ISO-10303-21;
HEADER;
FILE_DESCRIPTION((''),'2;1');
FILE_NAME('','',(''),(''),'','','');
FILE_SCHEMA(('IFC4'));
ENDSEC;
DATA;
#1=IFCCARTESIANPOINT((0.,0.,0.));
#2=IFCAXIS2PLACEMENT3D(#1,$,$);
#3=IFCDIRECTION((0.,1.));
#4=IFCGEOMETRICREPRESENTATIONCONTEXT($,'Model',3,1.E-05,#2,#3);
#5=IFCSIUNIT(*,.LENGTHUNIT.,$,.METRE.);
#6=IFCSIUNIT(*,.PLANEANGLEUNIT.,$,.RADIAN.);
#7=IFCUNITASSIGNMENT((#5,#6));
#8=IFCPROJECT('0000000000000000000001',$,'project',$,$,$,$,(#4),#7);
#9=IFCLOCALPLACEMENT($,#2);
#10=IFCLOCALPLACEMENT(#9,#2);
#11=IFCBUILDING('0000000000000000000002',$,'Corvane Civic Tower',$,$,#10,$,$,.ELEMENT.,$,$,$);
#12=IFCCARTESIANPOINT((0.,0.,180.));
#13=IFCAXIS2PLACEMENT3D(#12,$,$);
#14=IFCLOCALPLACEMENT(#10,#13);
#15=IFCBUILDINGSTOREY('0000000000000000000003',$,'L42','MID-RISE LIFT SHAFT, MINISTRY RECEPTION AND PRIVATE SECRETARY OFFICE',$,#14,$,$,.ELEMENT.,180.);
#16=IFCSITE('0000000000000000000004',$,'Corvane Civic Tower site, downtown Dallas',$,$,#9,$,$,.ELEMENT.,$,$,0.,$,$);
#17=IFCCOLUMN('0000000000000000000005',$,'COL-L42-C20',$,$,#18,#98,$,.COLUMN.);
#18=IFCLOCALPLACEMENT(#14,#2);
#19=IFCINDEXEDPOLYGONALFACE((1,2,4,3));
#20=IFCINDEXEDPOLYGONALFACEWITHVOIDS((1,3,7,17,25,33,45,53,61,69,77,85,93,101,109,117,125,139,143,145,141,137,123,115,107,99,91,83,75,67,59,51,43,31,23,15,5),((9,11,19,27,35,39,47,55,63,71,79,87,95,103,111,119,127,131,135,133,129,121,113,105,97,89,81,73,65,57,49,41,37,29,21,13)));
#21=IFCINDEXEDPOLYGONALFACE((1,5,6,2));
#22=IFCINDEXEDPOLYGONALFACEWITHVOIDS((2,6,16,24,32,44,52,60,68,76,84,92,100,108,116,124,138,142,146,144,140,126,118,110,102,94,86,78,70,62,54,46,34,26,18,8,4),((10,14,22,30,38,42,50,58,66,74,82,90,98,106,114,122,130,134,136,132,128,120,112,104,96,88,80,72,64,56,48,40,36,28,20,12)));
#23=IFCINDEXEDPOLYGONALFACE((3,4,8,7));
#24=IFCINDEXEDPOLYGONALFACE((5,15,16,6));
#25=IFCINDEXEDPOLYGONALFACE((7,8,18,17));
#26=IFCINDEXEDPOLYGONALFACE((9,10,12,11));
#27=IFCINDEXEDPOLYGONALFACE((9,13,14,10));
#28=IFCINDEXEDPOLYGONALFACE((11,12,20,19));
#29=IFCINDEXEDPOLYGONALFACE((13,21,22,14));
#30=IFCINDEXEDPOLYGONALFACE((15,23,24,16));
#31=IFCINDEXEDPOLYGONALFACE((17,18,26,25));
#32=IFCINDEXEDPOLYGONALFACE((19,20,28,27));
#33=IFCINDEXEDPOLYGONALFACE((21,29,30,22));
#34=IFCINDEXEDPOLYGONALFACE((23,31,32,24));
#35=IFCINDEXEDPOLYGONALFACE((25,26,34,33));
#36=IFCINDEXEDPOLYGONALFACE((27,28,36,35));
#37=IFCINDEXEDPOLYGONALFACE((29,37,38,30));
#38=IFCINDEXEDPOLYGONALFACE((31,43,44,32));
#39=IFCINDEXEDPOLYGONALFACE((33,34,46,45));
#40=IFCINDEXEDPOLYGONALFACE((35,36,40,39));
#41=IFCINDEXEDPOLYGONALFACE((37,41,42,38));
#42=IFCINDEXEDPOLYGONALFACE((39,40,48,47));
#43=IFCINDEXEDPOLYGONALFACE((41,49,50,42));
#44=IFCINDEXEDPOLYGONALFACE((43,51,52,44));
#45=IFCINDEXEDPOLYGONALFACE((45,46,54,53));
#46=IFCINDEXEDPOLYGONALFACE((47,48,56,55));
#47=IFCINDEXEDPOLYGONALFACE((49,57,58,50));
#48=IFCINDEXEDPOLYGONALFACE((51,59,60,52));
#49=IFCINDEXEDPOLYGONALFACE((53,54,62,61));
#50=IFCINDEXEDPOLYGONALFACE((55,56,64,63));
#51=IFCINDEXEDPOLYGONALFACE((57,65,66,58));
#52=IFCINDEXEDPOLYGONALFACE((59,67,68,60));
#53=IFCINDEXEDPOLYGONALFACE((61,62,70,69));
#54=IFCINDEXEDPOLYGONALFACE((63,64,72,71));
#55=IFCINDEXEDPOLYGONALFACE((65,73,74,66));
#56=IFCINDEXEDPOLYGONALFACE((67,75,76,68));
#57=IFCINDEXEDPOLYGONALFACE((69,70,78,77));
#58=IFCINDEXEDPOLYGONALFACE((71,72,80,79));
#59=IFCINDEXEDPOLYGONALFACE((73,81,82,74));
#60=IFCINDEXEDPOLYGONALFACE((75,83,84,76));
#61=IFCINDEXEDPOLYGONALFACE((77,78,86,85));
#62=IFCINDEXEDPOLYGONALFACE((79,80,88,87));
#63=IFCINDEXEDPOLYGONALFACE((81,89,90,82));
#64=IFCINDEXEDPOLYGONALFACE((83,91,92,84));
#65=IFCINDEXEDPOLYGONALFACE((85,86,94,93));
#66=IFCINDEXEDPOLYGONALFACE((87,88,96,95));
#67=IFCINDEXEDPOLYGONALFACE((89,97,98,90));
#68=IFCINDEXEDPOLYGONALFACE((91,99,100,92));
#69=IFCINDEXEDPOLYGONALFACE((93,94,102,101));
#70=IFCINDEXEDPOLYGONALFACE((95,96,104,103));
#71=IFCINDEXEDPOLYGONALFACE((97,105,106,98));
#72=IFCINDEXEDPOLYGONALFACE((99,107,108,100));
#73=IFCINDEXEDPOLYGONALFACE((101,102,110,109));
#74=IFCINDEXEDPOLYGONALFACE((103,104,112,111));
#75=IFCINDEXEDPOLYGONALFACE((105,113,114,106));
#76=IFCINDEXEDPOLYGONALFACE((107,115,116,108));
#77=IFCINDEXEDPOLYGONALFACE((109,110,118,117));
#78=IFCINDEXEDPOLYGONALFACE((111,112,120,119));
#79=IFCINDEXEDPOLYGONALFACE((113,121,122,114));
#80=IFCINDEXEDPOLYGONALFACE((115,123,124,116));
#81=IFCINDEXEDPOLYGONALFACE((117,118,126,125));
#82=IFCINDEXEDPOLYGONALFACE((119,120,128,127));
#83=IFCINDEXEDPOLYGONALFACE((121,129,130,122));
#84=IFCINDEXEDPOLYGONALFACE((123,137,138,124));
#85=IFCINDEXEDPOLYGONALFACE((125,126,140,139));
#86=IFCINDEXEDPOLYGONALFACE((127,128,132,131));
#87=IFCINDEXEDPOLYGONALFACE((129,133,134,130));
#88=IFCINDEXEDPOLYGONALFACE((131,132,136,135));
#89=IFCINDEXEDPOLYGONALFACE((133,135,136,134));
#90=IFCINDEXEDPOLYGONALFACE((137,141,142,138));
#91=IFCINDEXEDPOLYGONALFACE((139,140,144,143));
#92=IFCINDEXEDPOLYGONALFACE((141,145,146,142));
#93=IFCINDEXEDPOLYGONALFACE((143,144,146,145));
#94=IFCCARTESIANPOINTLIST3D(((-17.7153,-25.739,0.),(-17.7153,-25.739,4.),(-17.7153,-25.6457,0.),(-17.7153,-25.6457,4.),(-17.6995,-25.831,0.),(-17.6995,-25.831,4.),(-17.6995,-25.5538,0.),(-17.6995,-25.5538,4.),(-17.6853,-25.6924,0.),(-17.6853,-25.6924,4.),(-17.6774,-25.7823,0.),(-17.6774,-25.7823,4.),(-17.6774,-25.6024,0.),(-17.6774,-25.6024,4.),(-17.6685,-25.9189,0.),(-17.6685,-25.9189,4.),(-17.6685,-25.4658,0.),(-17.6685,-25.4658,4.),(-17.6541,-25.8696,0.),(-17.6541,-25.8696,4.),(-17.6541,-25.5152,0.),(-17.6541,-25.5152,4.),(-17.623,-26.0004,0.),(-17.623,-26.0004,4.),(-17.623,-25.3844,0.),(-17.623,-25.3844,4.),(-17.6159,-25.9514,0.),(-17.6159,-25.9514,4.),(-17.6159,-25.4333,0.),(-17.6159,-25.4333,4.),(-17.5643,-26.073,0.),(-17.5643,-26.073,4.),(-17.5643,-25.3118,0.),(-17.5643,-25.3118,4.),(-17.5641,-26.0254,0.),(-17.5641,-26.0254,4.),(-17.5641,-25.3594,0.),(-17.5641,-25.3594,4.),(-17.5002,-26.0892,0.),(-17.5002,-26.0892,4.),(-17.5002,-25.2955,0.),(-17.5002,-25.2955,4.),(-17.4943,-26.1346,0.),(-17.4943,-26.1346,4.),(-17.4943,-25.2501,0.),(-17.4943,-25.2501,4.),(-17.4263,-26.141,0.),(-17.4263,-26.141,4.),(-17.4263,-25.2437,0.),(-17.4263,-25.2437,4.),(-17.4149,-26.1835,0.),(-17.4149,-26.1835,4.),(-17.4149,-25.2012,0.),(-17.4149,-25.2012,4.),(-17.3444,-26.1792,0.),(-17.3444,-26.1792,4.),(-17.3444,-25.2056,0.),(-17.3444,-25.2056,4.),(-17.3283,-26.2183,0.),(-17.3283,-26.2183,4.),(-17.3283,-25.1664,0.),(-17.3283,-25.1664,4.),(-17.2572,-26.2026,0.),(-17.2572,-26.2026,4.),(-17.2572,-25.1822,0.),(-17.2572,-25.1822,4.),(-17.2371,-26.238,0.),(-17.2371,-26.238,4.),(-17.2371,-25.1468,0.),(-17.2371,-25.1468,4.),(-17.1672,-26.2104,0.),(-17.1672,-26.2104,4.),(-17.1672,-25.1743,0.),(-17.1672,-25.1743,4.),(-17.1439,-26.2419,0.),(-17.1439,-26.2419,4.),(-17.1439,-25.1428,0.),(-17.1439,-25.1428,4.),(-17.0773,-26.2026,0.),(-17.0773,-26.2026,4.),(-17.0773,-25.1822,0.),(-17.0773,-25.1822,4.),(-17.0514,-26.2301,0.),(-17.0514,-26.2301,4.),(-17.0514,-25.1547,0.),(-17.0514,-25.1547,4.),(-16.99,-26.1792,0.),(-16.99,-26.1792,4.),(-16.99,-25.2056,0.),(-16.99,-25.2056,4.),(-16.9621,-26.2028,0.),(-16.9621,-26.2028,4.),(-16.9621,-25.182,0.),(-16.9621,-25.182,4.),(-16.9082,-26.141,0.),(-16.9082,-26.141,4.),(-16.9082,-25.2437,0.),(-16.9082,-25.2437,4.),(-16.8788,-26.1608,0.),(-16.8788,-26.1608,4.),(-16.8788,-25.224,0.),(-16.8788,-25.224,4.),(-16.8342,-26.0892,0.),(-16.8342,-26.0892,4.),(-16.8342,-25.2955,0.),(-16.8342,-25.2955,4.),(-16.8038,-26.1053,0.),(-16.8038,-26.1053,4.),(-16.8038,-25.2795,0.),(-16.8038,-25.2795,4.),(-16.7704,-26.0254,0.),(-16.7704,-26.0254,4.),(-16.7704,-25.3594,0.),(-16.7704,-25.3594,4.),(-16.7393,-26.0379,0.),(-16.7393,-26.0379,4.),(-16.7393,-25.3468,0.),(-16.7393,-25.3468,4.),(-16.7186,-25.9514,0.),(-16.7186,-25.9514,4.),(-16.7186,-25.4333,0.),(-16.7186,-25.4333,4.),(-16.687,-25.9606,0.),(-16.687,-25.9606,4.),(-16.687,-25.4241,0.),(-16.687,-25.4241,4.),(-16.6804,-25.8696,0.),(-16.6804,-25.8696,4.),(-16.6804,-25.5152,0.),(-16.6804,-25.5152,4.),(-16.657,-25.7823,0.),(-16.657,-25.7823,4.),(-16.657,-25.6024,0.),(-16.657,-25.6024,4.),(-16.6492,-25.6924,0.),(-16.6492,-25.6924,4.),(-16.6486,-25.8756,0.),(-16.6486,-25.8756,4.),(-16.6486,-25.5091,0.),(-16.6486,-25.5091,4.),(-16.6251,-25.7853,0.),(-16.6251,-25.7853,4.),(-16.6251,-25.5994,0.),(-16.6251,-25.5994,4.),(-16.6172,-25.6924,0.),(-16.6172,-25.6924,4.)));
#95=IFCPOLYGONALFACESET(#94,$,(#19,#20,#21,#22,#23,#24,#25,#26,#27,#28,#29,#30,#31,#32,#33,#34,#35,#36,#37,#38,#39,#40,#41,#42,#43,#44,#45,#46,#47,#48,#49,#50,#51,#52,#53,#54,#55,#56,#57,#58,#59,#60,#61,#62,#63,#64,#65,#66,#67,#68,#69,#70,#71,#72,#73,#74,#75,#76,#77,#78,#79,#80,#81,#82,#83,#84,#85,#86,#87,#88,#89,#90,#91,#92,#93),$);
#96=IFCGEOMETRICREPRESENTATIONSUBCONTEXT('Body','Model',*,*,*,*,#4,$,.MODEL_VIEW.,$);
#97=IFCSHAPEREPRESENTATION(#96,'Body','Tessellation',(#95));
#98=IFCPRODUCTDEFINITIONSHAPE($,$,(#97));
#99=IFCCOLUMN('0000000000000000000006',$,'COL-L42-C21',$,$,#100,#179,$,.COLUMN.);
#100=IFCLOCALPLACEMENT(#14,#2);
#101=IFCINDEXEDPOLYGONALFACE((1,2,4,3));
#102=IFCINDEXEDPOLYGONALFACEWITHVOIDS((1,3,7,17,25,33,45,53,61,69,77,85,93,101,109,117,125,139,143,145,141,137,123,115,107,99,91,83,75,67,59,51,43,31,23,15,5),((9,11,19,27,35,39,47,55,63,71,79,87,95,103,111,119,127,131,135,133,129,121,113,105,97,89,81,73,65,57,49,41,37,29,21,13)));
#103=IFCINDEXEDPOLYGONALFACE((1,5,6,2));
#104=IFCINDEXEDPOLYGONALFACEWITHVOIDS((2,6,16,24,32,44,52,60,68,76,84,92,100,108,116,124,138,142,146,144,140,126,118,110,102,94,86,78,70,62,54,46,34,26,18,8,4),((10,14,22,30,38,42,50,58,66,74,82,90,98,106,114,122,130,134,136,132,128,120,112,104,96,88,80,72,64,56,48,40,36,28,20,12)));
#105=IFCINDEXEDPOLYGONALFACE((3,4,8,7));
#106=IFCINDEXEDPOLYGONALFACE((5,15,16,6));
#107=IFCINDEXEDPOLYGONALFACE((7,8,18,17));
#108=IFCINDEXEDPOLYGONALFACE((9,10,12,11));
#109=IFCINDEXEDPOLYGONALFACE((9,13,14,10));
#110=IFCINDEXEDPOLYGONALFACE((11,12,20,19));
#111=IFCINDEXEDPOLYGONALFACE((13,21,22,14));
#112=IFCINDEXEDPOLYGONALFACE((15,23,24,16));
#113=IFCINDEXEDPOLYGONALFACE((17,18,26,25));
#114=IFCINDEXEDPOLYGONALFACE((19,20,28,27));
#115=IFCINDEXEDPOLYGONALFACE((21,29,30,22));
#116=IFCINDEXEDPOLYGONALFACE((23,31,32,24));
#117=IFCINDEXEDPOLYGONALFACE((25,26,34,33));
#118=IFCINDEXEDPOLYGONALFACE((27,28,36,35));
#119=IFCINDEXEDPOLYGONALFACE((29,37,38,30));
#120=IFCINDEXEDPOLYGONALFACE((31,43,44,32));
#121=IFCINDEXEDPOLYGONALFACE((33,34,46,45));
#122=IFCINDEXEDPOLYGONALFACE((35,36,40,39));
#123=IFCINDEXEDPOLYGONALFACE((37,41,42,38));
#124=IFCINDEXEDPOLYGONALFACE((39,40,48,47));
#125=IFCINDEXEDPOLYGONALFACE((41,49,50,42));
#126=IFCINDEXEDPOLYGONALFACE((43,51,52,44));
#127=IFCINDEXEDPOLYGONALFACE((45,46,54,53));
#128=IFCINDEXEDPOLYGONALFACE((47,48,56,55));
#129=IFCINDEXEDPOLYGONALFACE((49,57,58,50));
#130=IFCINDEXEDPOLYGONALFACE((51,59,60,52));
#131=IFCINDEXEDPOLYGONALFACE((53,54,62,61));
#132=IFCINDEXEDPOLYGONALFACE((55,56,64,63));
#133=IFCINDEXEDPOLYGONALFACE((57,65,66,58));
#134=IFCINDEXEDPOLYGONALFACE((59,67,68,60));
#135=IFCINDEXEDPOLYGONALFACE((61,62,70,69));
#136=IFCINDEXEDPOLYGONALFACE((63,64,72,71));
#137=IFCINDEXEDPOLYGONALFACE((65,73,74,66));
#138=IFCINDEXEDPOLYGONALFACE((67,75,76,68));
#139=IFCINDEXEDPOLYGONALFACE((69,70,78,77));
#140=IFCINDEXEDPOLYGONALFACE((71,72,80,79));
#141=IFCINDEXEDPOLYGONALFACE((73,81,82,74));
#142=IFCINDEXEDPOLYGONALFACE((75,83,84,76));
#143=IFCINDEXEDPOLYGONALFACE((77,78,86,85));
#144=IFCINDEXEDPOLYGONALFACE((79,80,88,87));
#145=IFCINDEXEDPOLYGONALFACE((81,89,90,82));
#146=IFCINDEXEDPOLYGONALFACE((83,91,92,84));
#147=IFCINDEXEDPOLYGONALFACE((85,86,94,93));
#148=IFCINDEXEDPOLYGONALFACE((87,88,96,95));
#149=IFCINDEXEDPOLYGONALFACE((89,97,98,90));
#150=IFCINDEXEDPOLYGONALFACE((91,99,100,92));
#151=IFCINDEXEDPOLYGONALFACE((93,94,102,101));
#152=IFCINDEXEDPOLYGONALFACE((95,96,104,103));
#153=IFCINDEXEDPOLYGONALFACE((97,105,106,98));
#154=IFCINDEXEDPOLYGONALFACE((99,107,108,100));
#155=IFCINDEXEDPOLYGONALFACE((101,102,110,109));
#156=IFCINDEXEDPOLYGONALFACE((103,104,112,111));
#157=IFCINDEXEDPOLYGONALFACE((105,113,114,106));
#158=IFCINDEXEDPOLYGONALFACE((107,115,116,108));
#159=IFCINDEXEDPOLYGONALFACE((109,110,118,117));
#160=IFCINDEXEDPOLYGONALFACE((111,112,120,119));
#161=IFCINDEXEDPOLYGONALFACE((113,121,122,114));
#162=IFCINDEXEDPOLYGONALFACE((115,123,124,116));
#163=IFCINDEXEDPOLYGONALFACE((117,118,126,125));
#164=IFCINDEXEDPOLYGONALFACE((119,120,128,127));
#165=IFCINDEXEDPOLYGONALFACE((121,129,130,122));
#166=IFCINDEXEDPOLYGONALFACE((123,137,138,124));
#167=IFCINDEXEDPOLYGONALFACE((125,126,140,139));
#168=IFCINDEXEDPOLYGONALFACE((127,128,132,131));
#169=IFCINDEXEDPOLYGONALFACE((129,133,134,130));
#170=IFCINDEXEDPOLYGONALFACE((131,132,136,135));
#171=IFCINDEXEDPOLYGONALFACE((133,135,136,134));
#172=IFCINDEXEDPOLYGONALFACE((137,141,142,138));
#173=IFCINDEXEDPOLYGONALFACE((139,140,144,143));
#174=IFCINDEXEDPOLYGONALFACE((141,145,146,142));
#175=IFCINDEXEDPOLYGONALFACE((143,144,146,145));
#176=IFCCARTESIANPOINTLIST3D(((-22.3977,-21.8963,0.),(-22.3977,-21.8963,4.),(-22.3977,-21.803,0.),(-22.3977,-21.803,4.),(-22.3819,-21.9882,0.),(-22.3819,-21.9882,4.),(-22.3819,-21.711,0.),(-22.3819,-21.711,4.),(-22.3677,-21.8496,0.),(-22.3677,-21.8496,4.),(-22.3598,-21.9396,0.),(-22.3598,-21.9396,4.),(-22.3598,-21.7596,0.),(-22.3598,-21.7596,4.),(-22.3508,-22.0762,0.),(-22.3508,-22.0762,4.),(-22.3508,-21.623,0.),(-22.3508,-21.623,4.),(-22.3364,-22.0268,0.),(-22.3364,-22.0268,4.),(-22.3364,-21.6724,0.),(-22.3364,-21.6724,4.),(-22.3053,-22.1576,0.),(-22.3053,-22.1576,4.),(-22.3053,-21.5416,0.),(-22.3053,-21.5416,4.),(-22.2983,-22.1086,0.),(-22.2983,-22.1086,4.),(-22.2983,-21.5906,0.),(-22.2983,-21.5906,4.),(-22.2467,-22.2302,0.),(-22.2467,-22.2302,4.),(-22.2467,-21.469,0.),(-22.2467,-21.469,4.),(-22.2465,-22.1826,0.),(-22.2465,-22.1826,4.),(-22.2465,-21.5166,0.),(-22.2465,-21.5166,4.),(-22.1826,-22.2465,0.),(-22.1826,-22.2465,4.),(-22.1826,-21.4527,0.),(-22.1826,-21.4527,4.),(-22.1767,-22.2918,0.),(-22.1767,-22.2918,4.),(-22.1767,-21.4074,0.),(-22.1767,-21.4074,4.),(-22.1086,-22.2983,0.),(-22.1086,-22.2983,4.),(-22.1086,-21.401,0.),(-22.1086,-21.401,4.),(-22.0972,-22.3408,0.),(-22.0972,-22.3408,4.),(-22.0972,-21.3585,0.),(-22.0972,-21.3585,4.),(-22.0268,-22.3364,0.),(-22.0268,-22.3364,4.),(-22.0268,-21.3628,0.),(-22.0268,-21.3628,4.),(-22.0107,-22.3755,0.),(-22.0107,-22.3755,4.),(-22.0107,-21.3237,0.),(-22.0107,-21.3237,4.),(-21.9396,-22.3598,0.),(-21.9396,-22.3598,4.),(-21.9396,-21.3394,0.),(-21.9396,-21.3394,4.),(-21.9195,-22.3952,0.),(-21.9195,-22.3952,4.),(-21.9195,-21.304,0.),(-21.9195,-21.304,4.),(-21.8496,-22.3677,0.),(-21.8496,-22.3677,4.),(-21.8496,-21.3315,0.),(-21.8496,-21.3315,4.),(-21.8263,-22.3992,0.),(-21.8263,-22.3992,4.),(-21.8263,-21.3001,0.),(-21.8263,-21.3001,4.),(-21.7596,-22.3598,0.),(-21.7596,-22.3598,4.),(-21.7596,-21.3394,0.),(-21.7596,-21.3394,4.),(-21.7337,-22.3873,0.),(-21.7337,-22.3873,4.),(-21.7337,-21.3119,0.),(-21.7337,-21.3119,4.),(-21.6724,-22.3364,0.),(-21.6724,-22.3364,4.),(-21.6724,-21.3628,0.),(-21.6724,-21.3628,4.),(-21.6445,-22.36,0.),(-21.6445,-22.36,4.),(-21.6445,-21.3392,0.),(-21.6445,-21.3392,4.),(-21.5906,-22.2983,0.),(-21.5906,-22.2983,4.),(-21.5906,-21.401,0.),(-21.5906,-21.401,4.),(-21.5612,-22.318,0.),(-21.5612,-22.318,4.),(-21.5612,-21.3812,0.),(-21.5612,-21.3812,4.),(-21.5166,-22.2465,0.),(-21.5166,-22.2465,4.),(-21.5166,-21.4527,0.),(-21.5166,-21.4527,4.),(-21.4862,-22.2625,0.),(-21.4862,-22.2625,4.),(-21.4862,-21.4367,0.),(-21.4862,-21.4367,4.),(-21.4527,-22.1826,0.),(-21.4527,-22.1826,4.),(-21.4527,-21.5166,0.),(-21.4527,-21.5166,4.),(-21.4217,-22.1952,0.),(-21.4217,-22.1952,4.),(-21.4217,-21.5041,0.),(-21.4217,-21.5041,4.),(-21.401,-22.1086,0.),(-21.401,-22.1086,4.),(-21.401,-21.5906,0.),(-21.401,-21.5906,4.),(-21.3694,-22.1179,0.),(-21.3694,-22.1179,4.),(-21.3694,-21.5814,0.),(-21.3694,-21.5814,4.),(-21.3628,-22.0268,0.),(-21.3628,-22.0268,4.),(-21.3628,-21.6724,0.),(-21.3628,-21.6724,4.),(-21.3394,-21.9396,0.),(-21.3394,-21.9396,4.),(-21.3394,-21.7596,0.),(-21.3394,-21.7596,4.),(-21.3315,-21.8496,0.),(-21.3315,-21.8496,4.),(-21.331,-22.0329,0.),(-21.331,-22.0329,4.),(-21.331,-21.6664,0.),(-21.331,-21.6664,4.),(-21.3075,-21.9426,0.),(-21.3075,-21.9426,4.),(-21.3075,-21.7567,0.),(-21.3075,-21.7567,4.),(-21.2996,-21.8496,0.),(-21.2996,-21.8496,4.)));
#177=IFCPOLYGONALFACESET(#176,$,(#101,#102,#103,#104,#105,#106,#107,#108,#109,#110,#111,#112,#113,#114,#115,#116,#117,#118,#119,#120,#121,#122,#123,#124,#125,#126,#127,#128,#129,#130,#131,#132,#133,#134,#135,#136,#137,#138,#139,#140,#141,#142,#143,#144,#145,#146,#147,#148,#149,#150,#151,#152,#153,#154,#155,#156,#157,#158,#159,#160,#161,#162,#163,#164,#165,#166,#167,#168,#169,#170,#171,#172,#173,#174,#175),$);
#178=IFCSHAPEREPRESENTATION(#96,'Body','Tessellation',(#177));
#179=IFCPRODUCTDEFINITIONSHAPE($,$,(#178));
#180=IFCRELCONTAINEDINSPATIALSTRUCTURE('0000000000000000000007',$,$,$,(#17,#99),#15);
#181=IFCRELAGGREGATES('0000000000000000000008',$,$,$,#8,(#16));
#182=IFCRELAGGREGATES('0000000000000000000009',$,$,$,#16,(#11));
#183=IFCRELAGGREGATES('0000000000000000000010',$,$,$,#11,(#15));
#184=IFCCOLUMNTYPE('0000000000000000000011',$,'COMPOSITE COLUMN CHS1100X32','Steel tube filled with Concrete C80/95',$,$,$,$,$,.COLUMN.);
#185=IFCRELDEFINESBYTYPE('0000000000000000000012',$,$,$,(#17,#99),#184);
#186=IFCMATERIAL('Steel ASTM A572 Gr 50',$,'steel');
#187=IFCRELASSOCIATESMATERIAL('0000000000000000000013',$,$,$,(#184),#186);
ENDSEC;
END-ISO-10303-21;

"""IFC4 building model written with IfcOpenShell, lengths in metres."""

from ifc_helpers import new_model, si_unit, direction, frame, origin, origin_2d, place, context, subcontext, project, spatial, hollow_circle, extrude, material, material_profile, profile_set, type_object, element, save


model = new_model("IFC4")

# Units and contexts
model_context = context("Model", 3, precision=1e-05, world=origin(), true_north=direction((0.0, 1.0)))
body_context = subcontext(model_context, "Body", "Model", "MODEL_VIEW")
ifc_project = project(units=[si_unit("LENGTHUNIT", "METRE"), si_unit("PLANEANGLEUNIT", "RADIAN")], contexts=[model_context])

# Site, building, storey
site_placement = place(None, origin())
site = spatial("IfcSite", under=ifc_project, at=site_placement, Name="Corvane Civic Tower site, downtown Dallas", CompositionType="ELEMENT", RefElevation=0.0)
building_placement = place(site_placement, origin())
building = spatial("IfcBuilding", under=site, at=building_placement, Name="Corvane Civic Tower", CompositionType="ELEMENT")
storey_placement = place(building_placement, frame((0.0, 0.0, 180.0)))
storey = spatial("IfcBuildingStorey", under=building, at=storey_placement, Name="L42", Description="MID-RISE LIFT SHAFT, MINISTRY RECEPTION AND PRIVATE SECRETARY OFFICE", CompositionType="ELEMENT", Elevation=180.0)

# Columns
ifc_material_1 = material(Name="Steel ASTM A572 Gr 50", Category="steel")
ifc_material_profile_1 = material_profile(ifc_material_1, hollow_circle(Radius=0.55, WallThickness=0.032, at=origin_2d()), Name="CHS1100X32")
ifc_profile_set_1 = profile_set([ifc_material_profile_1], Name="Steel ASTM A572 Gr 50")
column_type = type_object("IfcColumnType", Name="COMPOSITE COLUMN CHS1100X32", Description="Steel tube filled with Concrete C80/95", PredefinedType="COLUMN", material=ifc_profile_set_1)
for number, where, z_axis, x_axis, name in (
    (1, (-17.1672, -25.6924, 0.0), (0.0, 0.0, 1.0), (1.0, 0.0, 0.0), "COL-L42-C20"),
    (2, (-21.8496, -21.8496, 0.0), (0.0, 0.0, 1.0), (1.0, 0.0, 0.0), "COL-L42-C21"),
):
    element("IfcColumn", number, at=place(storey_placement, frame(where, z_axis=z_axis, x_axis=x_axis)), inside=storey, type_object=column_type, Name=name, PredefinedType="COLUMN", context=body_context, shape_type="SweptSolid", body=[
        extrude(hollow_circle(Radius=0.55, WallThickness=0.032, at=origin_2d()), origin(), (0.0, 0.0, 1.0), 4.0),
    ])

save(model, "model.ifc")
